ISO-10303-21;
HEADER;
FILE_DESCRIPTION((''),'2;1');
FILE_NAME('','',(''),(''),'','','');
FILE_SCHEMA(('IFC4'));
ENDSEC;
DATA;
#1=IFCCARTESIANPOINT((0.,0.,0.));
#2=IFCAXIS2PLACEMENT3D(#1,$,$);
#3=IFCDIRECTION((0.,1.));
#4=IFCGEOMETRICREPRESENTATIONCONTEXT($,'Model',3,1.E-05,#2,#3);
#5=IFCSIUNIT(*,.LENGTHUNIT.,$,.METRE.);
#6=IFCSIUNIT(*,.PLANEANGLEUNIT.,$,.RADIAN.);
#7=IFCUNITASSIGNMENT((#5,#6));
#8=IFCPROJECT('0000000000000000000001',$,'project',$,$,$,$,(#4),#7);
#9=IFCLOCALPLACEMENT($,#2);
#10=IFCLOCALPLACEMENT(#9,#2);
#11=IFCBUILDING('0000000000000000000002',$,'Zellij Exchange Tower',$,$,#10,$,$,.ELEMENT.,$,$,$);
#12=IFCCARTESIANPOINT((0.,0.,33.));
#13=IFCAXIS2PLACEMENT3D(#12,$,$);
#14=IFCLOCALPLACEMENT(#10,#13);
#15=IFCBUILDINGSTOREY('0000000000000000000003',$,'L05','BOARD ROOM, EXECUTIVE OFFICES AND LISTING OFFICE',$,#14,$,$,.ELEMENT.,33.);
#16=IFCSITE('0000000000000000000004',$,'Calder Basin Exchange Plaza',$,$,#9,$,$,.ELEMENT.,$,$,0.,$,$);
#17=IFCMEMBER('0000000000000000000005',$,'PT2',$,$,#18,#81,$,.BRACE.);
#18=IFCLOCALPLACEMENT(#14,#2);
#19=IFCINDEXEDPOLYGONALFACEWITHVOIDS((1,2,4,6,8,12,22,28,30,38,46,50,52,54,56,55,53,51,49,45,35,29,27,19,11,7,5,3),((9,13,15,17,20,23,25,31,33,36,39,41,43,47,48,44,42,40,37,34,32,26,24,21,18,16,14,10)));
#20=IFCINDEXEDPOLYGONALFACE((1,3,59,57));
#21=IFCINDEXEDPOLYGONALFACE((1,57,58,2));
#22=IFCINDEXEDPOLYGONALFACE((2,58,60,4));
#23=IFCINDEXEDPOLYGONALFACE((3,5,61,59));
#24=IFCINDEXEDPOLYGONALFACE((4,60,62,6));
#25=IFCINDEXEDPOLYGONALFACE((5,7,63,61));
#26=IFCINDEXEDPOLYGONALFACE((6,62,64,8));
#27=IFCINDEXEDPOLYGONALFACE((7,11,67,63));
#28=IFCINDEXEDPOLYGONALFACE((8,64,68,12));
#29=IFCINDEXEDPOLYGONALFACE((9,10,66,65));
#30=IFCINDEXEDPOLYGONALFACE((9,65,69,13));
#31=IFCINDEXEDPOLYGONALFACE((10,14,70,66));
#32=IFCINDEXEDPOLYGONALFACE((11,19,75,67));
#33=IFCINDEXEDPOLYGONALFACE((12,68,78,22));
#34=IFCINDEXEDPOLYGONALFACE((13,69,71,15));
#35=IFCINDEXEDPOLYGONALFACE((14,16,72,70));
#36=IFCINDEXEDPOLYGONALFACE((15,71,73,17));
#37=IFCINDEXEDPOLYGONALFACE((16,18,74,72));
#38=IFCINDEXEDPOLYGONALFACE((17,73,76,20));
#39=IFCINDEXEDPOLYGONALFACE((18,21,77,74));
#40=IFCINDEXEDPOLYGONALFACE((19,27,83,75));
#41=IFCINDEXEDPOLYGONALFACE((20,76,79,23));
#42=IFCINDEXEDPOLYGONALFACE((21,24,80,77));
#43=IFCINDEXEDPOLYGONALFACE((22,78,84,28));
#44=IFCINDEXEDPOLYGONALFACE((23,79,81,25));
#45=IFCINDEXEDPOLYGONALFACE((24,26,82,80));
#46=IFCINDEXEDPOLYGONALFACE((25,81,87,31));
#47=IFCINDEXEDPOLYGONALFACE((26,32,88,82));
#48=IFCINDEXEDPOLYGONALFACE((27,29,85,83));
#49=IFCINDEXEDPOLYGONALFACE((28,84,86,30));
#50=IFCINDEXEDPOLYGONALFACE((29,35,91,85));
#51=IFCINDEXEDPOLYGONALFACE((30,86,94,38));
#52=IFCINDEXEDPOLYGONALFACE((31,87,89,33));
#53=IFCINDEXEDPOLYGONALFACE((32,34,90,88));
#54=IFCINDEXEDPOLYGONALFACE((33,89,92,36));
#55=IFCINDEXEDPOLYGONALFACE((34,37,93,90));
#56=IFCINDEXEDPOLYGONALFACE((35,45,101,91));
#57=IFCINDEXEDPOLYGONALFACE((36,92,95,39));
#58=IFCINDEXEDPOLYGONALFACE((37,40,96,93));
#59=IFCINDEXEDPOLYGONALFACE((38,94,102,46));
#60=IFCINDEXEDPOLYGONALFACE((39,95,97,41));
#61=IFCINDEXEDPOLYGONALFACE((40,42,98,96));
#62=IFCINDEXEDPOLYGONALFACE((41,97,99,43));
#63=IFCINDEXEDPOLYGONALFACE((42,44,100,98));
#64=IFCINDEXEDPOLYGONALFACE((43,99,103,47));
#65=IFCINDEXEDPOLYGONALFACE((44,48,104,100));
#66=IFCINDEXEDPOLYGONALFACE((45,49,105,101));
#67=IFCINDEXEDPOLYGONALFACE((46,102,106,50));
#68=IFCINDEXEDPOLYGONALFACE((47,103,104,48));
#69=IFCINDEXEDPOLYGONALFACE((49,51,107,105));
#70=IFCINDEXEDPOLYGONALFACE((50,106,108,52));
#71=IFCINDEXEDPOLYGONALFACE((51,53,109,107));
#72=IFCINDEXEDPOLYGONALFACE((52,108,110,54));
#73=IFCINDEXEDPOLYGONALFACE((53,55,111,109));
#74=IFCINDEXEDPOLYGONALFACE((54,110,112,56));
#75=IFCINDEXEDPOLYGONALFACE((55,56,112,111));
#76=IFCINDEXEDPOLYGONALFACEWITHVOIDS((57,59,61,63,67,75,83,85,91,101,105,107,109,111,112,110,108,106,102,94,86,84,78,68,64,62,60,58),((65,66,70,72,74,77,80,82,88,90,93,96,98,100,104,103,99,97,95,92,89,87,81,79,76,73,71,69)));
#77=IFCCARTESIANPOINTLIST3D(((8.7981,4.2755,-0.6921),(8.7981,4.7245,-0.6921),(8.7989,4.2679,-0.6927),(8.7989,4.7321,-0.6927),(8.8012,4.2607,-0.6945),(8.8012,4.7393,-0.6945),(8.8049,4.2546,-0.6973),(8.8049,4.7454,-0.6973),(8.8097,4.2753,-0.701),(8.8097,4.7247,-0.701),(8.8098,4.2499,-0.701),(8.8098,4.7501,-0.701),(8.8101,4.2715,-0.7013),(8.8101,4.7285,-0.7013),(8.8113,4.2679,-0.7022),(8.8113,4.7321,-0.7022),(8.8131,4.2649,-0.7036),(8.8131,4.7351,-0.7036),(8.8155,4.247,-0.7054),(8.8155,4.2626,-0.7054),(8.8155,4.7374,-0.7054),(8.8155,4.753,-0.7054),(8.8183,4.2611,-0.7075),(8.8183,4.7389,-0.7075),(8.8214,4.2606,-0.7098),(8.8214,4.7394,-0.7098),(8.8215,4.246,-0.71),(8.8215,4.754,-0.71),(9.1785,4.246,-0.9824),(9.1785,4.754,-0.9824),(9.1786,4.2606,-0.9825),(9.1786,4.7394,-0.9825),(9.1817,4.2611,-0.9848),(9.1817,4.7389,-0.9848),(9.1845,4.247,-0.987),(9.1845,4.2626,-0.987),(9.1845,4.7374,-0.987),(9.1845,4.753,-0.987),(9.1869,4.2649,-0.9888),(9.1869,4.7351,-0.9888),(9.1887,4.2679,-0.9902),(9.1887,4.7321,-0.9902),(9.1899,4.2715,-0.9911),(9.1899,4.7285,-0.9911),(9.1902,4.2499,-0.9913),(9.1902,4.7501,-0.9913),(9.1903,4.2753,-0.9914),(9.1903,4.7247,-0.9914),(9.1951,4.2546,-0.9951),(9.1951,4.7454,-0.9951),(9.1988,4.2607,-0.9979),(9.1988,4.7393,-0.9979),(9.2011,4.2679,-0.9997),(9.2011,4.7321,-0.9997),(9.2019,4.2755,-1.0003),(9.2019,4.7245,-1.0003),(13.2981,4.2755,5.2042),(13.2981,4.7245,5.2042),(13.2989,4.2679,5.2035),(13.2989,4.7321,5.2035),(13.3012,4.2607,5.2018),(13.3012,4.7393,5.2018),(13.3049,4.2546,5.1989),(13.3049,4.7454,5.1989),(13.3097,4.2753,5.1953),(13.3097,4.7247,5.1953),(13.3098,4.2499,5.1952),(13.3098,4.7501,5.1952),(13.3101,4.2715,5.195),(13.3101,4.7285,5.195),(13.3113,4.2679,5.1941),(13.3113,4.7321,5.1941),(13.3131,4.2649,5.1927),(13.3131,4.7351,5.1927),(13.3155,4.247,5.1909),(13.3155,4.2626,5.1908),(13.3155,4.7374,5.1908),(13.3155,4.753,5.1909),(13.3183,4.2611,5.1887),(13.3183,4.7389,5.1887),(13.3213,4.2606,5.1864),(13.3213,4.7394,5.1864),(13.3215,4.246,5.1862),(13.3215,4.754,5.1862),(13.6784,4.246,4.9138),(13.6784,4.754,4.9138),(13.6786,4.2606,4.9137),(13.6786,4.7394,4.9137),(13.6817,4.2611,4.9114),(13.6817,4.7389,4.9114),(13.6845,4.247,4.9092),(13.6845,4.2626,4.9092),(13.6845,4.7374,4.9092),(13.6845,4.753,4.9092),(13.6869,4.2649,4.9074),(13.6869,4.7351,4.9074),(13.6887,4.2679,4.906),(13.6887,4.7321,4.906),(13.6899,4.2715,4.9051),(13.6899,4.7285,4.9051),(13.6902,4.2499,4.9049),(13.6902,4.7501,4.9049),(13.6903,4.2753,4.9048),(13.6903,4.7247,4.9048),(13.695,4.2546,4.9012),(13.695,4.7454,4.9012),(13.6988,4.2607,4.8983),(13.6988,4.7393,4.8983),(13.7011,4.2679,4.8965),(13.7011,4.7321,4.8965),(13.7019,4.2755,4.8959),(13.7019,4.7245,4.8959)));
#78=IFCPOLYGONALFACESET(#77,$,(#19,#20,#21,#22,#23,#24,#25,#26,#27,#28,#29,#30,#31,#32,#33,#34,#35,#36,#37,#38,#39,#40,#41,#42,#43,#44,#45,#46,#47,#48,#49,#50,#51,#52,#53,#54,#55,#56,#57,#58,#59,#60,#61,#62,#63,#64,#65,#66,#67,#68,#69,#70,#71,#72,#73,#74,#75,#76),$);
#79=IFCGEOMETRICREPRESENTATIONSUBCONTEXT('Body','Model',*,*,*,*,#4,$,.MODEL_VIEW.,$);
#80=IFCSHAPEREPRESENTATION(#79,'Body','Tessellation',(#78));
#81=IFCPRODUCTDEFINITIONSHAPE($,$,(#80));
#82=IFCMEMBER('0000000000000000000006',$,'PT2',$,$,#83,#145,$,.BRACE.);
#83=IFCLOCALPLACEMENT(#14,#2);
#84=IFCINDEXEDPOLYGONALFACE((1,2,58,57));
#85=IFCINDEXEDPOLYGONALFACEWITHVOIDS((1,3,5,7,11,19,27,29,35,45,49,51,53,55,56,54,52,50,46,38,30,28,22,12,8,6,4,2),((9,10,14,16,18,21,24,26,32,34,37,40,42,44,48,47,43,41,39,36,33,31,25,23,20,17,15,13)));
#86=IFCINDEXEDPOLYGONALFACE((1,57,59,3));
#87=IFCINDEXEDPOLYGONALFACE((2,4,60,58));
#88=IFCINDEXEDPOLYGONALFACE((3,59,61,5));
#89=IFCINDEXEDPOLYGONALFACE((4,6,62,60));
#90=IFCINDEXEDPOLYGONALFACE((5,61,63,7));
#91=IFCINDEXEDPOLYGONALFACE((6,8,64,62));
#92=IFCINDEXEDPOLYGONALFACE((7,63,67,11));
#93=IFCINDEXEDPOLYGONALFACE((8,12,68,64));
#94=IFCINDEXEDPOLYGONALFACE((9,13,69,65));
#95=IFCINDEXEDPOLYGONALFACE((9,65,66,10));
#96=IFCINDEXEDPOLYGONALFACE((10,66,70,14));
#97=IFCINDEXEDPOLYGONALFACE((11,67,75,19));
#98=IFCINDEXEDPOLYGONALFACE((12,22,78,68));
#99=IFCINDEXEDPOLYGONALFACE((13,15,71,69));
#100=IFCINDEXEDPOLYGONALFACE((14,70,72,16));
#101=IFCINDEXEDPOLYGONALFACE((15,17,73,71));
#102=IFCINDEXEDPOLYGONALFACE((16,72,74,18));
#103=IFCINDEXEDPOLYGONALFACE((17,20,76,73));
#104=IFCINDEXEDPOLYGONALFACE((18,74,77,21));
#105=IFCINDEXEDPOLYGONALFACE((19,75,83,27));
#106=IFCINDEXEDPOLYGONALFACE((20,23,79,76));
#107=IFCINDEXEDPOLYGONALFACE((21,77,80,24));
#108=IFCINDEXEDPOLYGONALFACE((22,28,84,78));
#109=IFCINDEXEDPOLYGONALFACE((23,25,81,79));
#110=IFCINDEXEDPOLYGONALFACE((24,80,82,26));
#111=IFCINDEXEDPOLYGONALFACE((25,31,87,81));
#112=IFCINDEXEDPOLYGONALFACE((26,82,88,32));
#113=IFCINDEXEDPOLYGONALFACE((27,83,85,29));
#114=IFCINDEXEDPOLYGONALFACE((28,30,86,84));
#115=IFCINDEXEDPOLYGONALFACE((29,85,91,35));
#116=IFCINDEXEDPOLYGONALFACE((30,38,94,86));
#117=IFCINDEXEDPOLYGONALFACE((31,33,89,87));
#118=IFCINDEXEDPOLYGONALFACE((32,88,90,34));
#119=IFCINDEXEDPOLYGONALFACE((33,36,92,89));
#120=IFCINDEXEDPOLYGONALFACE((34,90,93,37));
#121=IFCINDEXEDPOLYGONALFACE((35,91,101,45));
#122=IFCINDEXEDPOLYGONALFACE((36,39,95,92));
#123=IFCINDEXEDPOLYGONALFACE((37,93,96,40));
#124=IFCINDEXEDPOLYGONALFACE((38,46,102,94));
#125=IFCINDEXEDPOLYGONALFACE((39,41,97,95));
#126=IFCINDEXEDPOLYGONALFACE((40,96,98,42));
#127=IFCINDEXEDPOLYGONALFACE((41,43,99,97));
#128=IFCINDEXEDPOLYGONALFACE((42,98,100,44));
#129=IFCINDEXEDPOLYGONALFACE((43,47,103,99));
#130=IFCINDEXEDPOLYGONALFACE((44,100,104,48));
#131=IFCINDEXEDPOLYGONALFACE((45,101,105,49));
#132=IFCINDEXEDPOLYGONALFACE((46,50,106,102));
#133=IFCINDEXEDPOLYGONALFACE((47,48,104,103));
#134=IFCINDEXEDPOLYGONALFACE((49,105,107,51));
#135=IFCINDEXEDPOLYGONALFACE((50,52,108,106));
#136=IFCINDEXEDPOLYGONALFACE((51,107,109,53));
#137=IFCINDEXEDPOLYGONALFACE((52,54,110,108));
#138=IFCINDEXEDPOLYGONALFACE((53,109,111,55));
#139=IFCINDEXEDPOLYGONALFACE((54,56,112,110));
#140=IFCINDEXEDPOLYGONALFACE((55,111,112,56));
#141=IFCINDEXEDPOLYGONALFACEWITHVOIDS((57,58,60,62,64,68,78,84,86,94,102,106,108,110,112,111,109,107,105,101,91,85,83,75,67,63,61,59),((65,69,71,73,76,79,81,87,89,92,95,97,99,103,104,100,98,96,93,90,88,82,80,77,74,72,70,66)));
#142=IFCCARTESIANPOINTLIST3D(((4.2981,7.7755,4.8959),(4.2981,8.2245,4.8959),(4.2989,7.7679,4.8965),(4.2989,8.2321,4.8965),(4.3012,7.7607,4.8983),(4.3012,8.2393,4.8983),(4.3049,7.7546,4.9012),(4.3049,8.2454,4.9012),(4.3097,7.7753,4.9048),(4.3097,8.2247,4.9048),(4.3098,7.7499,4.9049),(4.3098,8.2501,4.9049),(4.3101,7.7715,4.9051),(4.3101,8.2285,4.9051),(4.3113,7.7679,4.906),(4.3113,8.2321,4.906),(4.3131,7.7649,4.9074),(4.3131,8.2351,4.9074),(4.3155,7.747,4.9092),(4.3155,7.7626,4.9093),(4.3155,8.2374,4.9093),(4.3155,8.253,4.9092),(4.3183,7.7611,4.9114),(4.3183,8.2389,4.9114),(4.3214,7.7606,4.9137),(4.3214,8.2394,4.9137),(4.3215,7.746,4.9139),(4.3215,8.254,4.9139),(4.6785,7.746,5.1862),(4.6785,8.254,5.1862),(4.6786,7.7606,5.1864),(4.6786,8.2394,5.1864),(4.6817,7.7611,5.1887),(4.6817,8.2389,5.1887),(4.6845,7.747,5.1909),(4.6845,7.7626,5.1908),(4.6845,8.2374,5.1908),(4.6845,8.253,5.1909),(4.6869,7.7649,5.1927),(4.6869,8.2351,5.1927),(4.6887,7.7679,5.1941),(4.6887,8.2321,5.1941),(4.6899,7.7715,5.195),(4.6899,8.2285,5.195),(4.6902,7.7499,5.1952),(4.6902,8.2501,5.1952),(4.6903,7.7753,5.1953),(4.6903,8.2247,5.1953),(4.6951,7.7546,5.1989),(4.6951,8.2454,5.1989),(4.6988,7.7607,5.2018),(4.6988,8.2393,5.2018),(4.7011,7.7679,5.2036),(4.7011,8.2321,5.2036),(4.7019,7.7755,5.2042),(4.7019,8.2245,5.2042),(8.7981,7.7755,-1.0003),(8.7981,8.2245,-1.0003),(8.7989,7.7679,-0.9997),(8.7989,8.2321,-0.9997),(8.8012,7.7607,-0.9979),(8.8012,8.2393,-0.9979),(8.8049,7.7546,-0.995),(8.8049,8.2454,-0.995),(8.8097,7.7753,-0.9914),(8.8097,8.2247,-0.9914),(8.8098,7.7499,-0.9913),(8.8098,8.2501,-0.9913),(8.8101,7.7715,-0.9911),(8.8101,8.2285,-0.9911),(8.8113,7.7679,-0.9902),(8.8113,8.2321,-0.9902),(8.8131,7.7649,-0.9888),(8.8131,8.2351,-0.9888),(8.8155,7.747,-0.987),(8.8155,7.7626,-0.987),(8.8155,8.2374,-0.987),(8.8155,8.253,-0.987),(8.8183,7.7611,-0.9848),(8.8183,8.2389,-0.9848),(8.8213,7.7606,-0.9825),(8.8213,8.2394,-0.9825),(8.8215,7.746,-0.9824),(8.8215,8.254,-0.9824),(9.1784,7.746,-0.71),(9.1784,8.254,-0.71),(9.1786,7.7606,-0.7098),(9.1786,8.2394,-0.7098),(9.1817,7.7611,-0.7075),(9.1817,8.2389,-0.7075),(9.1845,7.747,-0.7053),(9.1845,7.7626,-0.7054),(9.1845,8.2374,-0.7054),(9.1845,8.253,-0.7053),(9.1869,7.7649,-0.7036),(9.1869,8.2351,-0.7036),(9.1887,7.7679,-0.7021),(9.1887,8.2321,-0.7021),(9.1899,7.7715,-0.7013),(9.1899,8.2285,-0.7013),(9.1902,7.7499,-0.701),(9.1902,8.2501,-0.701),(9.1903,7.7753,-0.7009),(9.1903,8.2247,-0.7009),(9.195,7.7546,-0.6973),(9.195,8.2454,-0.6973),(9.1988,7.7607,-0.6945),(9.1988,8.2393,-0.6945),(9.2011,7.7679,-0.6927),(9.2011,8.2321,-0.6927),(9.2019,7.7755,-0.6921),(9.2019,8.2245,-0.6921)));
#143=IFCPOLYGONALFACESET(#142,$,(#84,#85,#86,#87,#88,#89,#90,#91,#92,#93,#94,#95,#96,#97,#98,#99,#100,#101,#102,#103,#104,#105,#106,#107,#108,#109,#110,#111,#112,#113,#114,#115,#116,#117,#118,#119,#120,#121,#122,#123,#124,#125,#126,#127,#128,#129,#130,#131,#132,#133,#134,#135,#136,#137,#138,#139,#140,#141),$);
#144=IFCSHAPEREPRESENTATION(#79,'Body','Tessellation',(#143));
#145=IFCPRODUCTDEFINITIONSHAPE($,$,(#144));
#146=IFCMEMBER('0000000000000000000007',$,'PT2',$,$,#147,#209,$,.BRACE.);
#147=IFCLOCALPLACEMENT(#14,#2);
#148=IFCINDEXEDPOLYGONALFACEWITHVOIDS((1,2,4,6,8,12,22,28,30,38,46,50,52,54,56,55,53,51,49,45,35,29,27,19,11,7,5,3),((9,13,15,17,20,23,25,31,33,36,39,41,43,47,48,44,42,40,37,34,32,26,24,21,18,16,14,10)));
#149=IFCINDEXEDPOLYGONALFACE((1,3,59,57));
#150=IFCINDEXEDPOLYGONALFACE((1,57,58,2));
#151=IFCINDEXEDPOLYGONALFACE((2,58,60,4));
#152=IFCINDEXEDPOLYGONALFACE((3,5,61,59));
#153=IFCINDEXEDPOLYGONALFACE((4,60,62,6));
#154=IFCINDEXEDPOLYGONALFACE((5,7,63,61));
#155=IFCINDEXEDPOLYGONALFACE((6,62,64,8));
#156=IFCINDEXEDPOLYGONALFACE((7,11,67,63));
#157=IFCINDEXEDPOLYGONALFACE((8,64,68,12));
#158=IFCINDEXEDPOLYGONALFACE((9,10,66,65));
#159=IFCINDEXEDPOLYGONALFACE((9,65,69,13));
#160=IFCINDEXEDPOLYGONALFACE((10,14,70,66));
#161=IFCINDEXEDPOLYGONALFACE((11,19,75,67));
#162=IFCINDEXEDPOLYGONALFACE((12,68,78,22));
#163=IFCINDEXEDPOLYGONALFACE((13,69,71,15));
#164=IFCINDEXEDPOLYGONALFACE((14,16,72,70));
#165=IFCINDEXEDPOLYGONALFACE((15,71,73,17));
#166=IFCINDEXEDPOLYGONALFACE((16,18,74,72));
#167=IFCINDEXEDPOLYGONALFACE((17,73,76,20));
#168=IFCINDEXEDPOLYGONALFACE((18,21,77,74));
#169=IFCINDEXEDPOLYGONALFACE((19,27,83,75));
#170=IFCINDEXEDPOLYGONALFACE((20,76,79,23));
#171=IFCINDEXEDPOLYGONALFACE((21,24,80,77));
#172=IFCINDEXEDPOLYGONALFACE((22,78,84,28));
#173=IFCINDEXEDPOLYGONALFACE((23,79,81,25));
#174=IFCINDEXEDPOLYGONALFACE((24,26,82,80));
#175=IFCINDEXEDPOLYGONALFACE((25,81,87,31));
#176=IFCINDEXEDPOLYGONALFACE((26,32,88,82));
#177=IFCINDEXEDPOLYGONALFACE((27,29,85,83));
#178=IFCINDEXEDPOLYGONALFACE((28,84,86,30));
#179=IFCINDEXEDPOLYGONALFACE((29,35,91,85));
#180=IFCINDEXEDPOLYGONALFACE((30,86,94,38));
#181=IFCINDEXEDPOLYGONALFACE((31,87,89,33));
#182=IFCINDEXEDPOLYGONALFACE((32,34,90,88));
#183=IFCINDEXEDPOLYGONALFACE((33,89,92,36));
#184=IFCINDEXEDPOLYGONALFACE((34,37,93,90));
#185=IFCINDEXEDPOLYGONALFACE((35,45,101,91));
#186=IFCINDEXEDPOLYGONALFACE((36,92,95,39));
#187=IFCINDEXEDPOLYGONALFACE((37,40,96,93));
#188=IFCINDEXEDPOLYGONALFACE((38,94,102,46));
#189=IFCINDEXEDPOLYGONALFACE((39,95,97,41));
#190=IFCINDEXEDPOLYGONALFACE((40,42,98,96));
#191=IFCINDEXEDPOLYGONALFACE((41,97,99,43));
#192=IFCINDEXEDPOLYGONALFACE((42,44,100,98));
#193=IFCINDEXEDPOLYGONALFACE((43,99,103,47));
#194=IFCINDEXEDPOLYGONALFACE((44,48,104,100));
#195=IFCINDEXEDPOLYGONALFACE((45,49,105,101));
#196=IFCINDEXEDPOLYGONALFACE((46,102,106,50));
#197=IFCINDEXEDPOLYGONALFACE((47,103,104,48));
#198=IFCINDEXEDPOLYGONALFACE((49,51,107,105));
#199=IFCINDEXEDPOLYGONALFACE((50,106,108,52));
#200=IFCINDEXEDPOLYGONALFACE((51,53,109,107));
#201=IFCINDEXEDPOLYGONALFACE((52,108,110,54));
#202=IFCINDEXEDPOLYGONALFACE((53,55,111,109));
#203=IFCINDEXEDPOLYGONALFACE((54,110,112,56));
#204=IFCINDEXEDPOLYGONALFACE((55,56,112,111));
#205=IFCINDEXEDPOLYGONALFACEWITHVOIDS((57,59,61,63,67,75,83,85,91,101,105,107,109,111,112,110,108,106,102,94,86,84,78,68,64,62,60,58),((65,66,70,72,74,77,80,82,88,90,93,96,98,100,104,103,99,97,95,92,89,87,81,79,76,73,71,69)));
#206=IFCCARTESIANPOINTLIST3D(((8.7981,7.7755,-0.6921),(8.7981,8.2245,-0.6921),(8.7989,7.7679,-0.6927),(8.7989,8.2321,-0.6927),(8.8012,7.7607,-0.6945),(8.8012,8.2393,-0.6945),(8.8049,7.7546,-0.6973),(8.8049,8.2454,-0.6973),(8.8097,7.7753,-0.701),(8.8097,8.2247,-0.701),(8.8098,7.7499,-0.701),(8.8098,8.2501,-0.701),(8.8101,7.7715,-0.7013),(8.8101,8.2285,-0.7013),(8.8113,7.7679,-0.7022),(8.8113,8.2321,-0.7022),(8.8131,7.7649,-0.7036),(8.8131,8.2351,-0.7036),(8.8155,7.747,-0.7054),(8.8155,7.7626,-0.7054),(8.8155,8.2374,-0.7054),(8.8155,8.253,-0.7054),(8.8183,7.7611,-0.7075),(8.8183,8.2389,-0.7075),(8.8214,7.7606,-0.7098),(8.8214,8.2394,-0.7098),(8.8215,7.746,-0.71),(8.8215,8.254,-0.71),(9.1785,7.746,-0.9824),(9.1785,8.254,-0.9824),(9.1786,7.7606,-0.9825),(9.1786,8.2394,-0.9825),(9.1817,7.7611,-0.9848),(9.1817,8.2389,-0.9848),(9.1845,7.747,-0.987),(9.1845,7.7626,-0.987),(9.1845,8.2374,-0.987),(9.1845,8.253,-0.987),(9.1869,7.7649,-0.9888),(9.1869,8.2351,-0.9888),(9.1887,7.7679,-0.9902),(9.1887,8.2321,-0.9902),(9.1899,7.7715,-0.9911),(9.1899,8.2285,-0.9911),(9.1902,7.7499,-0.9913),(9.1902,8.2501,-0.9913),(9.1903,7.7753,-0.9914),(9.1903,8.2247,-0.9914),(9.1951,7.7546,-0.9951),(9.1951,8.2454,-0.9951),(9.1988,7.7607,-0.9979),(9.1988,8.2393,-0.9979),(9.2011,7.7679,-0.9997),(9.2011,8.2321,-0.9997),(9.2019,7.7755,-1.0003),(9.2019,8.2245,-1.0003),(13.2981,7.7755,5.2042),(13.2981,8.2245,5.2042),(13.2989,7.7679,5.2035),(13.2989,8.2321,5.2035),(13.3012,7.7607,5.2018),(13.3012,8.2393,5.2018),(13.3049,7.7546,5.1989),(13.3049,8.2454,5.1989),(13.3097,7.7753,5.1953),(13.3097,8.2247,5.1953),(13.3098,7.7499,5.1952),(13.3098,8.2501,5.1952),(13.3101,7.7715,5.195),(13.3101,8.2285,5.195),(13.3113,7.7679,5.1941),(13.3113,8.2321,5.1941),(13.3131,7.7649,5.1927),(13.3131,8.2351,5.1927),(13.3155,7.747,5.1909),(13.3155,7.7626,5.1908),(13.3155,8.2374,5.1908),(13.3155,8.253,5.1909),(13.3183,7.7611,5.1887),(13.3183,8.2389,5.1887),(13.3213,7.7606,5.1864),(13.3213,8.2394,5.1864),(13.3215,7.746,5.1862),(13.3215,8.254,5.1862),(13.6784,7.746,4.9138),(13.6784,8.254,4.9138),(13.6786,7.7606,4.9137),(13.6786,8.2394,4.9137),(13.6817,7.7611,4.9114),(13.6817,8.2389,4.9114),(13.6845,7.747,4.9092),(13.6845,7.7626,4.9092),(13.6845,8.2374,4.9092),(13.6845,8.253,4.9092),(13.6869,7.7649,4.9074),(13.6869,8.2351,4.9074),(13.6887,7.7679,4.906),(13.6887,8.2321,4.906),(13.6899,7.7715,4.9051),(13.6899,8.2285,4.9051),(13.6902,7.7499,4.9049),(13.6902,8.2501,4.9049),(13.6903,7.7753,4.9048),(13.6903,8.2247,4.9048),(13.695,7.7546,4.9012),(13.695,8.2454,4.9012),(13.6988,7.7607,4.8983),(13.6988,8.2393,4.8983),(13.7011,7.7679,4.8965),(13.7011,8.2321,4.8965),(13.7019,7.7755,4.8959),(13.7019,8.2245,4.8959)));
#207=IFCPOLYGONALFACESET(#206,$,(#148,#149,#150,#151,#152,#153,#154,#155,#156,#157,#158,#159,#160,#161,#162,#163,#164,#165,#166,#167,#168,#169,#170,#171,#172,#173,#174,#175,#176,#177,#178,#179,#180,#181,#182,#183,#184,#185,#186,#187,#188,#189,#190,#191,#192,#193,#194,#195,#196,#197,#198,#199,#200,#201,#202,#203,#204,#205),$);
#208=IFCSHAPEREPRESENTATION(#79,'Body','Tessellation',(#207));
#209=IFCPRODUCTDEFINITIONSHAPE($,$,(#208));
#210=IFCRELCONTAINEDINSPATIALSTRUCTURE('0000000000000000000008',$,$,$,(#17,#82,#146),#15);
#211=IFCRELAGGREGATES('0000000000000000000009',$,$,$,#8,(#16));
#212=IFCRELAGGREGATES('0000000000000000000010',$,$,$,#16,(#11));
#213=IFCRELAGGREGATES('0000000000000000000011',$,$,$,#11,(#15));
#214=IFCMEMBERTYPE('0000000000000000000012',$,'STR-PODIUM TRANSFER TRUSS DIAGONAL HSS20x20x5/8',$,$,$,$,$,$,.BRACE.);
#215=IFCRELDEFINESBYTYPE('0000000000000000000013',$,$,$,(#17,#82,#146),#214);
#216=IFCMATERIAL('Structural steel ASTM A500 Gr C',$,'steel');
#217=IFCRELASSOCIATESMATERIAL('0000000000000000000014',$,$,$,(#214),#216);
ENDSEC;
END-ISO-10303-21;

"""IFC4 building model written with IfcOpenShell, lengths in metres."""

from ifc_helpers import new_model, si_unit, direction, frame, origin, origin_2d, place, context, subcontext, project, spatial, hollow_rectangle, extrude, material, material_profile, profile_set, type_object, element, save


model = new_model("IFC4")

# Units and contexts
model_context = context("Model", 3, precision=1e-05, world=origin(), true_north=direction((0.0, 1.0)))
body_context = subcontext(model_context, "Body", "Model", "MODEL_VIEW")
ifc_project = project(units=[si_unit("LENGTHUNIT", "METRE"), si_unit("PLANEANGLEUNIT", "RADIAN")], contexts=[model_context])

# Site, building, storey
site_placement = place(None, origin())
site = spatial("IfcSite", under=ifc_project, at=site_placement, Name="Calder Basin Exchange Plaza", CompositionType="ELEMENT", RefElevation=0.0)
building_placement = place(site_placement, origin())
building = spatial("IfcBuilding", under=site, at=building_placement, Name="Zellij Exchange Tower", CompositionType="ELEMENT")
storey_placement = place(building_placement, frame((0.0, 0.0, 33.0)))
storey = spatial("IfcBuildingStorey", under=building, at=storey_placement, Name="L05", Description="BOARD ROOM, EXECUTIVE OFFICES AND LISTING OFFICE", CompositionType="ELEMENT", Elevation=33.0)

# Members
ifc_material_1 = material(Name="Structural steel ASTM A500 Gr C", Category="steel")
ifc_material_profile_1 = material_profile(ifc_material_1, hollow_rectangle(XDim=0.5081, YDim=0.5081, WallThickness=0.0146, InnerFilletRadius=0.0146, OuterFilletRadius=0.0295, at=origin_2d()), Name="STR-PODIUM TRANSFER TRUSS DIAGONAL HSS20x20x5/8")
ifc_profile_set_1 = profile_set([ifc_material_profile_1], Name="Structural steel ASTM A500 Gr C")
member_type_1 = type_object("IfcMemberType", Name="STR-PODIUM TRANSFER TRUSS DIAGONAL HSS20x20x5/8", PredefinedType="BRACE", material=ifc_profile_set_1)
for number, where, z_axis, x_axis, name in (
    (1, (9.0, 4.5, -0.8462), (0.606694, 0.0, 0.794936), (0.0, 1.0, 0.0), "PT2"),
    (2, (4.5, 8.0, 5.05), (0.606694, 0.0, -0.794936), (0.0, 1.0, 0.0), "PT2"),
    (3, (9.0, 8.0, -0.8462), (0.606694, 0.0, 0.794936), (0.0, 1.0, 0.0), "PT2"),
):
    element("IfcMember", number, at=place(storey_placement, frame(where, z_axis=z_axis, x_axis=x_axis)), inside=storey, type_object=member_type_1, Name=name, PredefinedType="BRACE", context=body_context, shape_type="SweptSolid", body=[
        extrude(hollow_rectangle(XDim=0.5081, YDim=0.5081, WallThickness=0.0146, InnerFilletRadius=0.0146, OuterFilletRadius=0.0295, at=origin_2d()), origin(), (0.0, 0.0, 1.0), 7.4172),
    ])

save(model, "model.ifc")
